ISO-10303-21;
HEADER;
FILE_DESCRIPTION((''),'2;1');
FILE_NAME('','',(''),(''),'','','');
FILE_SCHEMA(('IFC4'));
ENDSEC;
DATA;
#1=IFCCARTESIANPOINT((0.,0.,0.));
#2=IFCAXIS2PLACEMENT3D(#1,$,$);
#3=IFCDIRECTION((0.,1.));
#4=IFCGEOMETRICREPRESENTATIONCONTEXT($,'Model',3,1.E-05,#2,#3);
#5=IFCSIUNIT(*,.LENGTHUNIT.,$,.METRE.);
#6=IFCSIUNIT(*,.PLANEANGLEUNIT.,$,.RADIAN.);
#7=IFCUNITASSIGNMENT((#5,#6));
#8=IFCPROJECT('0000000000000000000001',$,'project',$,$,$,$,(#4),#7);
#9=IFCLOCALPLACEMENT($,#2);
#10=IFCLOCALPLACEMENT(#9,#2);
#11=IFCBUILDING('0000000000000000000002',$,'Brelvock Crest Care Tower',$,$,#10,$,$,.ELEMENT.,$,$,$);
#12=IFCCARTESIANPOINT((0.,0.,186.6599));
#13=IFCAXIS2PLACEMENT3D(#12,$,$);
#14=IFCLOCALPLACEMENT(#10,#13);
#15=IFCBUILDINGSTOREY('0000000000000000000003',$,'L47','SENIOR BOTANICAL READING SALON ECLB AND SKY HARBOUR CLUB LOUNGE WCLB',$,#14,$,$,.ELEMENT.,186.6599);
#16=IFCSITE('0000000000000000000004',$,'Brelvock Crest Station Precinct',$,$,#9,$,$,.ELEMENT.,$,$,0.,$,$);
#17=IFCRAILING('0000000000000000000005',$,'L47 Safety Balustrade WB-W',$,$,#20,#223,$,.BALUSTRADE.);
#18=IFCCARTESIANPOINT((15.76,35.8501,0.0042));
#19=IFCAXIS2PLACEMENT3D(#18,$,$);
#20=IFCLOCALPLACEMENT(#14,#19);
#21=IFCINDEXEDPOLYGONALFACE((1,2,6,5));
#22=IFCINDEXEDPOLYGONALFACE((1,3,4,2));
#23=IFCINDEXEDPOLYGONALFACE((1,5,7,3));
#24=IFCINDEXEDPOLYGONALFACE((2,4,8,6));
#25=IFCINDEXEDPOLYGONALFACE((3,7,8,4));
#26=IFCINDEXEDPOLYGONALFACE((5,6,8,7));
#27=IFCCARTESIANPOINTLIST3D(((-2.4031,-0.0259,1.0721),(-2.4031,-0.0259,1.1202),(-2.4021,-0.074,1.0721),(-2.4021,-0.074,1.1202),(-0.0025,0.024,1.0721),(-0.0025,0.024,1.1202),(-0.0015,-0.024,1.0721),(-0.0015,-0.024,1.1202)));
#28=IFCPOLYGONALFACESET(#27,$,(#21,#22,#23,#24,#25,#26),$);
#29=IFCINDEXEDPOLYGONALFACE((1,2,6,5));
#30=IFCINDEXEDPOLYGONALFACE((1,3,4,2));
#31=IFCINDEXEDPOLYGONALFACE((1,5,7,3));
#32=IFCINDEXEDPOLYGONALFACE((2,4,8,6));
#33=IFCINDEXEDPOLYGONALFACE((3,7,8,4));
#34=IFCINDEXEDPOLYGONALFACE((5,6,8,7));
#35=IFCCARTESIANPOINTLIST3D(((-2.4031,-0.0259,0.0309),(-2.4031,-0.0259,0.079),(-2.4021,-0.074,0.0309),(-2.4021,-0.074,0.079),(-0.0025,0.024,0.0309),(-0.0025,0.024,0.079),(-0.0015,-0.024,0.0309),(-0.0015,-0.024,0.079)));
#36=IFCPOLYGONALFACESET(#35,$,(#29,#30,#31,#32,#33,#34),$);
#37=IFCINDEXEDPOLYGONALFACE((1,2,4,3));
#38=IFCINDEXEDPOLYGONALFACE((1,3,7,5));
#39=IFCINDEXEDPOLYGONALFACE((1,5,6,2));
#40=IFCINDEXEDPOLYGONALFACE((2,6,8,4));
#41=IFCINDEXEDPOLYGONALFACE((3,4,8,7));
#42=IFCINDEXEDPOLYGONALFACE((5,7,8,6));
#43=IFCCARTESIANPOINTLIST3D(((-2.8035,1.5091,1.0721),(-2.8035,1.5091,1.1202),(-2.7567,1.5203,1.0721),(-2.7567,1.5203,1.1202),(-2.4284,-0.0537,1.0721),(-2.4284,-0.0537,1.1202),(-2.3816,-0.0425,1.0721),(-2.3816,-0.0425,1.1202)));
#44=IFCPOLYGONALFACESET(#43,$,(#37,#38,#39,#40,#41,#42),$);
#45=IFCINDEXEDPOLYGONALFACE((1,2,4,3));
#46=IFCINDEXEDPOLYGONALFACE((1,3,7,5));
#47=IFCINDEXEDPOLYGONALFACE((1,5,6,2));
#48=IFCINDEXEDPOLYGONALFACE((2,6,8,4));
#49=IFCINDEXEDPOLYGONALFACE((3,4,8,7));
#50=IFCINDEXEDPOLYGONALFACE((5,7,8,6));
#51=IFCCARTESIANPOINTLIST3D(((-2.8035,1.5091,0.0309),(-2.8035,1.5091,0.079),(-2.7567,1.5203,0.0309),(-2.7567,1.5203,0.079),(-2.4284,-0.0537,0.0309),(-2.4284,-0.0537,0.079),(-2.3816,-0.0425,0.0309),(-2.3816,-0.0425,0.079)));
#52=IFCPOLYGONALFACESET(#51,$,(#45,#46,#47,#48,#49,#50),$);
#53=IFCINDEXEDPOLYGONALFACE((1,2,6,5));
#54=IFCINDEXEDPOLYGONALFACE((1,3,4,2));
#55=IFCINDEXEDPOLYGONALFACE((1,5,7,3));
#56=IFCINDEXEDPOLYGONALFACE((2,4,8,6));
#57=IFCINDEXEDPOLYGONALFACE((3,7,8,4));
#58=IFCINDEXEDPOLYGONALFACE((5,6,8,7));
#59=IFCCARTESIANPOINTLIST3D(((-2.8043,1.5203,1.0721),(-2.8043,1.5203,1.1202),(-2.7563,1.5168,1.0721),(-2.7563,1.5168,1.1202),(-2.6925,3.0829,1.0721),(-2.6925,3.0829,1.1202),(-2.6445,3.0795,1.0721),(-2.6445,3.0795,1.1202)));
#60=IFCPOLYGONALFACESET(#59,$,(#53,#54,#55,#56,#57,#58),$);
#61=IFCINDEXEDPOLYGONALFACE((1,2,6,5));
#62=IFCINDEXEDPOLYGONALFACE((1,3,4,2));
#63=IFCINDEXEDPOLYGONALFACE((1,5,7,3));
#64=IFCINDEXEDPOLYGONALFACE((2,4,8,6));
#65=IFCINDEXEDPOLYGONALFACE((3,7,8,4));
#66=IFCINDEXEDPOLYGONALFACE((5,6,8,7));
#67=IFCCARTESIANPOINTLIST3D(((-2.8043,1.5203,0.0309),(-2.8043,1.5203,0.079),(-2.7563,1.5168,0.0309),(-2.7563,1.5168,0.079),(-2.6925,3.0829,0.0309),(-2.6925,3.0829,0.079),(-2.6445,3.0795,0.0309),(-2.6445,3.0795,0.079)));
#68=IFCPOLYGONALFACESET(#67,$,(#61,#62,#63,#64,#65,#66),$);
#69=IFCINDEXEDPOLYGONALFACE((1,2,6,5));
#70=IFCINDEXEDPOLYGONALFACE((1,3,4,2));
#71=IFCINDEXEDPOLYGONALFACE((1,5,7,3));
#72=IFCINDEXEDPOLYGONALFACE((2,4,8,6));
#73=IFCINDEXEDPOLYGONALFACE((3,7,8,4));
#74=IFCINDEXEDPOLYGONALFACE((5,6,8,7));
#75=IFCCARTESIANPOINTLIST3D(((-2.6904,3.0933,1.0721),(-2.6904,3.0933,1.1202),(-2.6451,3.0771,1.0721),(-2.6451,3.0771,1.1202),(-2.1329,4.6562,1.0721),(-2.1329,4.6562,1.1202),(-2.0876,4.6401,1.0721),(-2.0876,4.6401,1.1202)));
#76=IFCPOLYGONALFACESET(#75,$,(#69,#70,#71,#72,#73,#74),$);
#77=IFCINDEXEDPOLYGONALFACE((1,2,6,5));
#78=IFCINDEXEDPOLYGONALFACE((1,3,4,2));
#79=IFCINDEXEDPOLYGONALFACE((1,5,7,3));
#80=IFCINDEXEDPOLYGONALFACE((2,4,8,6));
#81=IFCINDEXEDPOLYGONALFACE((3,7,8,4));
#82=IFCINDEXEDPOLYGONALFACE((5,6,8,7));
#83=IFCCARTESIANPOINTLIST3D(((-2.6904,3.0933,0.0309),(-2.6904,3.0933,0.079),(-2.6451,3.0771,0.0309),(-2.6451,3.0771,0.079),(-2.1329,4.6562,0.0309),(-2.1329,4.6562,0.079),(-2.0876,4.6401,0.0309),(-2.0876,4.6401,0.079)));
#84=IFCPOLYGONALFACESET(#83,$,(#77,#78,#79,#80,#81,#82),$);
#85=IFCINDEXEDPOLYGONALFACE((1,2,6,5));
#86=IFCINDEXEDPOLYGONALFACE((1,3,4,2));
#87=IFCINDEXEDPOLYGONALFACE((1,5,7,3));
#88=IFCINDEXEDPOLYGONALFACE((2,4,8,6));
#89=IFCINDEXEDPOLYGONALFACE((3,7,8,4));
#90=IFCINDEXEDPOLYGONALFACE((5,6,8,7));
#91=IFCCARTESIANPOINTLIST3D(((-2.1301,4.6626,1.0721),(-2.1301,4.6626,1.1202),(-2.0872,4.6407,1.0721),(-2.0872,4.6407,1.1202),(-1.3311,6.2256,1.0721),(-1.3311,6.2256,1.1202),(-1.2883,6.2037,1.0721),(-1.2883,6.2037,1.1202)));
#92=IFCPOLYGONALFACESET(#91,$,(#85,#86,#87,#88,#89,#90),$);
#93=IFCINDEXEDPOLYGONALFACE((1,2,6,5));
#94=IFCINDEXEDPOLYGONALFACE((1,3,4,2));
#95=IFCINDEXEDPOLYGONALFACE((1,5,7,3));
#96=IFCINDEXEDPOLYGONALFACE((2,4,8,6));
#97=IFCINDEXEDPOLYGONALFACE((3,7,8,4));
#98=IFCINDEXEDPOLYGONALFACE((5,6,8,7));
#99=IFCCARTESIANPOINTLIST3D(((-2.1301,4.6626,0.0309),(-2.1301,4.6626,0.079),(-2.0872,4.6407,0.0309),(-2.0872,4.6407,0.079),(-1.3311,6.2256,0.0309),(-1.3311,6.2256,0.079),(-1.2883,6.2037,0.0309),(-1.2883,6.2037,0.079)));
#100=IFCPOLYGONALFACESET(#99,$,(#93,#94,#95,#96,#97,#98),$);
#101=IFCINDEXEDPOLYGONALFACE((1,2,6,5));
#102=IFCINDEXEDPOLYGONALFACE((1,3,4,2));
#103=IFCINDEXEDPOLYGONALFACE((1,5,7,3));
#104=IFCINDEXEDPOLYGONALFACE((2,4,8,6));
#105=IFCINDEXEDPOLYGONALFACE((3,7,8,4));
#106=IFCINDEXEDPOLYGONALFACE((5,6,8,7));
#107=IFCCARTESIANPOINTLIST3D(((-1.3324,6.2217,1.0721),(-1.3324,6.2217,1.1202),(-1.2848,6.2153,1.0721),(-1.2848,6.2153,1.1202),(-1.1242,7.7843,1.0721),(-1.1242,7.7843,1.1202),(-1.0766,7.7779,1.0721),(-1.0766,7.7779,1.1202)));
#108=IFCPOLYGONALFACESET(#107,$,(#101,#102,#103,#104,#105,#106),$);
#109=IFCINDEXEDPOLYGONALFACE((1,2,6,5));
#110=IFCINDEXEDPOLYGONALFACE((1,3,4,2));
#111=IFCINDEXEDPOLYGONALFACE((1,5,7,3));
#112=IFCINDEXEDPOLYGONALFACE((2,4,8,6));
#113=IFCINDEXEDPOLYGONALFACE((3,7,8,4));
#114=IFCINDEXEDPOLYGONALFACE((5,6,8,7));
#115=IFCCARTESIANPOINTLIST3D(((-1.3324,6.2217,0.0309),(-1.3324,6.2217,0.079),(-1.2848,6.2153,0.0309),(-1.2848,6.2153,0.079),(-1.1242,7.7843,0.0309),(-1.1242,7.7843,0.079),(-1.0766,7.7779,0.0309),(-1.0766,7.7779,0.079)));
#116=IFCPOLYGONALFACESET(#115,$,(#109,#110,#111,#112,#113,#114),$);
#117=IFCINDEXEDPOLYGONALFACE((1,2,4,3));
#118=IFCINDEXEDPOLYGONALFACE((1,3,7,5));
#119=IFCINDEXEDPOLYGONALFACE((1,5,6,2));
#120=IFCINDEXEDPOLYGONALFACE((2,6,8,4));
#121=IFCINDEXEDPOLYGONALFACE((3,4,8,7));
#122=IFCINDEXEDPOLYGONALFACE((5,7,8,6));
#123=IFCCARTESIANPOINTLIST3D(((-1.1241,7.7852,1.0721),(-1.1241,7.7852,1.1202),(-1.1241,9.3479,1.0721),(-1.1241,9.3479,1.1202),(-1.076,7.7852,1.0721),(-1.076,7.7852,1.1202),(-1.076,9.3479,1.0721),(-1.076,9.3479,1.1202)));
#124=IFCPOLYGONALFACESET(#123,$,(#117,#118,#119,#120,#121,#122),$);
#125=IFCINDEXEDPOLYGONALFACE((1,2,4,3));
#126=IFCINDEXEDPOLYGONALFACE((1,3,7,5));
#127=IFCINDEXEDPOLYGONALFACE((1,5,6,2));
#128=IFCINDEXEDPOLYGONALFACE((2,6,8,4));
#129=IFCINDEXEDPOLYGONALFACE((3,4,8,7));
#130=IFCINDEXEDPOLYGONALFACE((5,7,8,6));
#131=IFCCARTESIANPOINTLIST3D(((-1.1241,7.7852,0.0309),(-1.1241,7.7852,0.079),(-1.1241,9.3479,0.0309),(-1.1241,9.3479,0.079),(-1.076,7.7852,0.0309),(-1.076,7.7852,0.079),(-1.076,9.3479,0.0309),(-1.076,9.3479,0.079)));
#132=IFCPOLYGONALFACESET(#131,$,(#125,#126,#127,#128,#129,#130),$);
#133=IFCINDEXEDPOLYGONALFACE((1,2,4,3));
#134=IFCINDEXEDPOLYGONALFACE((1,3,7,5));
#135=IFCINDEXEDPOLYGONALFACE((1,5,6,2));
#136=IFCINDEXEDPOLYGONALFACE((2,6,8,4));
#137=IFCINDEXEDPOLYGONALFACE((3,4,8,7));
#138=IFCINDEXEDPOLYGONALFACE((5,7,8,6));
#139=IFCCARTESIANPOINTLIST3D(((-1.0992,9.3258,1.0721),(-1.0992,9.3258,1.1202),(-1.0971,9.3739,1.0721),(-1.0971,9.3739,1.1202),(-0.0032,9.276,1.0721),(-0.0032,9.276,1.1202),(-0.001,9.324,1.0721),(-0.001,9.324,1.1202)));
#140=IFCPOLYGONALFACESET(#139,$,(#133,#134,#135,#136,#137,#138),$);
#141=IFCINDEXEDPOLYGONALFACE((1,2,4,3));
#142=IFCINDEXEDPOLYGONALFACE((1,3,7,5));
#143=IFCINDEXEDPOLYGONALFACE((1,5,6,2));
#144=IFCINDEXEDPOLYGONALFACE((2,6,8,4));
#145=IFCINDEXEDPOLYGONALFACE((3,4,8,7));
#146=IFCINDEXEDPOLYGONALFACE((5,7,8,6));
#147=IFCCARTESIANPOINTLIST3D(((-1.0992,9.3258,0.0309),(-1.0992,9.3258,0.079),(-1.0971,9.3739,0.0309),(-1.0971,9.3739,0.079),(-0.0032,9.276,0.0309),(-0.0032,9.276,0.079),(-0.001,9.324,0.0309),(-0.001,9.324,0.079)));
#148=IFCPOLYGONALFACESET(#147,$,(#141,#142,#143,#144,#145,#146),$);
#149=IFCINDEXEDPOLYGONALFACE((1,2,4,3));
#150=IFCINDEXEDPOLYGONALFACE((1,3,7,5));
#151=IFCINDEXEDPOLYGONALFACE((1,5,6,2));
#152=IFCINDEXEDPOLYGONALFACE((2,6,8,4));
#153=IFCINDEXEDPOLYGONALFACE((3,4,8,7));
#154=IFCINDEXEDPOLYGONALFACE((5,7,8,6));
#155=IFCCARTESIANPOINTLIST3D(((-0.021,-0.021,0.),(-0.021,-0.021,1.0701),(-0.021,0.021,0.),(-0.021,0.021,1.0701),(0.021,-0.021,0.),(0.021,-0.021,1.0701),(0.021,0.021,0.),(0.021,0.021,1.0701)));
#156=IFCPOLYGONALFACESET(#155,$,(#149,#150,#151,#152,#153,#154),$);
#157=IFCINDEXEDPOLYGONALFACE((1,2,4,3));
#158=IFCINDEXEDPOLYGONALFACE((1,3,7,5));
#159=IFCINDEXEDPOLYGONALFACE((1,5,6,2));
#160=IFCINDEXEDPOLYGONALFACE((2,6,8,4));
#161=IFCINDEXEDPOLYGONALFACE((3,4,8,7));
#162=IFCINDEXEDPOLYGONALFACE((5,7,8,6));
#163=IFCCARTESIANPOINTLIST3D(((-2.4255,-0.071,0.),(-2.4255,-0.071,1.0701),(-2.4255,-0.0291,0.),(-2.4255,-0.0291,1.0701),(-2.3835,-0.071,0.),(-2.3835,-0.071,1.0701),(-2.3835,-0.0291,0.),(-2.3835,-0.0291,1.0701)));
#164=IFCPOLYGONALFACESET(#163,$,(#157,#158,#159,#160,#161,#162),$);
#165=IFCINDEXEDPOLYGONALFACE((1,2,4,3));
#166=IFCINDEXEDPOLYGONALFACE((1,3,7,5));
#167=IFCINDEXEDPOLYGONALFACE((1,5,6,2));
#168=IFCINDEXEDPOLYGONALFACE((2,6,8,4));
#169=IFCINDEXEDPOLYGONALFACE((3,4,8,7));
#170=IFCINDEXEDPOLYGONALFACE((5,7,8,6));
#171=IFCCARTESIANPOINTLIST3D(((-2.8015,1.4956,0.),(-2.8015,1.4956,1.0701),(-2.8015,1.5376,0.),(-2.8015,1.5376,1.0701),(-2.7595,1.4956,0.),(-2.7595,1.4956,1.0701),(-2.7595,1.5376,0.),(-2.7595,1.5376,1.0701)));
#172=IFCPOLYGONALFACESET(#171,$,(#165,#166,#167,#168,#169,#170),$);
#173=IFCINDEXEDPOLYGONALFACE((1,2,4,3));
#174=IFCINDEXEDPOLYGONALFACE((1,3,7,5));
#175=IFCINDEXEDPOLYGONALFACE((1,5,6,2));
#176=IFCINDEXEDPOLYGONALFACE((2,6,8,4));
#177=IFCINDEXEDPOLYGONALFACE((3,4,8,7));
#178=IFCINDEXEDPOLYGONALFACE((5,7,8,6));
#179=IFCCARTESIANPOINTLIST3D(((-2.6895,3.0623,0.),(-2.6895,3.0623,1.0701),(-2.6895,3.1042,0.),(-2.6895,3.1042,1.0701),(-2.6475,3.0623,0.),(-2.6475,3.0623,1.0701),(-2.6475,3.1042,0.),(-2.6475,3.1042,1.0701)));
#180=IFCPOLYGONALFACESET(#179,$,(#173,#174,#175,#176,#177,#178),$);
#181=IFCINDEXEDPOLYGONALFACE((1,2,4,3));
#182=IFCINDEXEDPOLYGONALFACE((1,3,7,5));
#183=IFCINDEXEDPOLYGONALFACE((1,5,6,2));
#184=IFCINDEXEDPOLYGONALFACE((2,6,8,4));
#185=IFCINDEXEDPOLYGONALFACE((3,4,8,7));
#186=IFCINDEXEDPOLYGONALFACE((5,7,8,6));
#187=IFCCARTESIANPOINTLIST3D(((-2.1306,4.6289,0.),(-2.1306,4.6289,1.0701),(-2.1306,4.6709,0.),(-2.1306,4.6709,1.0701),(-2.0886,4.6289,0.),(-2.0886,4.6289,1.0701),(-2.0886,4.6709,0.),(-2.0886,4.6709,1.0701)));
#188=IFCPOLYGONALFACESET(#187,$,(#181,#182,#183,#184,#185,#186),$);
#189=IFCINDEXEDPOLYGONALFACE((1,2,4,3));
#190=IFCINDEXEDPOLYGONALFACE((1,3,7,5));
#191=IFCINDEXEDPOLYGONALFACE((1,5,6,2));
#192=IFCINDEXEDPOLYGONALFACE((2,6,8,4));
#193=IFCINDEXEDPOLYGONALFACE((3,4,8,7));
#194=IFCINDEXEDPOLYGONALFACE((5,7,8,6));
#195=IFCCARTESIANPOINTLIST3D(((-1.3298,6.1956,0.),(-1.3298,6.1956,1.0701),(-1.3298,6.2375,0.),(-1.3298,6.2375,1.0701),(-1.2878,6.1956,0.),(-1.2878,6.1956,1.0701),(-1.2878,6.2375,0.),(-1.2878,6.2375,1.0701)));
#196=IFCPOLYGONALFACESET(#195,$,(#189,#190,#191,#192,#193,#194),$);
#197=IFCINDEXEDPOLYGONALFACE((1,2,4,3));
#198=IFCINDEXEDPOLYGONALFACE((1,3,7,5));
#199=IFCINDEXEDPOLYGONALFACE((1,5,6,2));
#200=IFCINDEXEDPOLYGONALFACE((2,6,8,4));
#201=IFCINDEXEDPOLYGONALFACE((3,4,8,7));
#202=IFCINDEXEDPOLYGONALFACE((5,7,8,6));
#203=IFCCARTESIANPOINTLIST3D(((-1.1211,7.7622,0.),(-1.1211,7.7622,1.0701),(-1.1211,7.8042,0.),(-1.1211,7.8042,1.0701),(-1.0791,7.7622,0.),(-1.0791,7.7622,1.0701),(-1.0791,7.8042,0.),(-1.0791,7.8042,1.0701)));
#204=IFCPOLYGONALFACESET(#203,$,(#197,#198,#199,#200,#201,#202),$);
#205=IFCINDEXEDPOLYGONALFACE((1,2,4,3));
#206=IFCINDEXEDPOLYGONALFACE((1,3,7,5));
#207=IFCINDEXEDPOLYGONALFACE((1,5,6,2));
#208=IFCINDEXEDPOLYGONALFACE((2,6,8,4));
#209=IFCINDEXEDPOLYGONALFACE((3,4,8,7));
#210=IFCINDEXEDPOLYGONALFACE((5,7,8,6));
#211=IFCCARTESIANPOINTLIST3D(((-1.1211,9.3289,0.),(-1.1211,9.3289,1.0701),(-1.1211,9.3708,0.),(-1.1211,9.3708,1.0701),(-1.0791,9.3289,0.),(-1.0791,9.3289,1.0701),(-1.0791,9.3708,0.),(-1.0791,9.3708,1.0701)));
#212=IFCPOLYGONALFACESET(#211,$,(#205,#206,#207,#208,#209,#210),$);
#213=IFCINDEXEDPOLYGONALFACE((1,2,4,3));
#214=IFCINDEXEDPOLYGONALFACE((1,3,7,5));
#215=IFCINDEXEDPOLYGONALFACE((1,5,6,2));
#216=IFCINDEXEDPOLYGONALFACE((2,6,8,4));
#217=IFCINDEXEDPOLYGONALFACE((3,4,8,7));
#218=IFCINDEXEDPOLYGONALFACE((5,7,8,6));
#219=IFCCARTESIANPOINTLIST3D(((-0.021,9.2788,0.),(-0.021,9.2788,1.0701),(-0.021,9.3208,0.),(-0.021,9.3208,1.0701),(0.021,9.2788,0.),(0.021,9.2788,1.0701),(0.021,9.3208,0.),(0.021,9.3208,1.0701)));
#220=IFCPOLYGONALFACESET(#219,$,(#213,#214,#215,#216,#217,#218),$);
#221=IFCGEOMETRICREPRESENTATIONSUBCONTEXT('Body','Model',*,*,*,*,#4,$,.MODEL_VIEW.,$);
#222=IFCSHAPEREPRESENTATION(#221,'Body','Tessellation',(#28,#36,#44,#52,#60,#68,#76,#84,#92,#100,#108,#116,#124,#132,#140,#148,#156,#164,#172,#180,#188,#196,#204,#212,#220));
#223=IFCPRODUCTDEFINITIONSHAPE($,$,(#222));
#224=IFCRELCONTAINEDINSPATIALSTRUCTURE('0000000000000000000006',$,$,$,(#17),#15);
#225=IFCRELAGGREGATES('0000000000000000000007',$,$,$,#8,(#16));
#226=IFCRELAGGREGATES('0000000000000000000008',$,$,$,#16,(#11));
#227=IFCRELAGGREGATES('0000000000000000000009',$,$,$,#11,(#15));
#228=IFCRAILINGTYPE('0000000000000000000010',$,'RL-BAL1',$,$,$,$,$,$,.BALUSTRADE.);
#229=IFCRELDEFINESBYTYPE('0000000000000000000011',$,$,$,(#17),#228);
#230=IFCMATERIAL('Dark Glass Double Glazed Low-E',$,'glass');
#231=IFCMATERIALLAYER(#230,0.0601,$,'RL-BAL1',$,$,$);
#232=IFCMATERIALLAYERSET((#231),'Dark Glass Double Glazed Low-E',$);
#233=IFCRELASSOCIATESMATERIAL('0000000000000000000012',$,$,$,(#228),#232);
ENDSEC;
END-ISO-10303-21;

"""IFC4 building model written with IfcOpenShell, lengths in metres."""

from ifc_helpers import new_model, si_unit, direction, frame, origin, origin_2d, place, context, subcontext, project, spatial, rectangle, extrude, material, layer, layer_set, type_object, element, save


model = new_model("IFC4")

# Units and contexts
model_context = context("Model", 3, precision=1e-05, world=origin(), true_north=direction((0.0, 1.0)))
body_context = subcontext(model_context, "Body", "Model", "MODEL_VIEW")
ifc_project = project(units=[si_unit("LENGTHUNIT", "METRE"), si_unit("PLANEANGLEUNIT", "RADIAN")], contexts=[model_context])

# Site, building, storey
site_placement = place(None, origin())
site = spatial("IfcSite", under=ifc_project, at=site_placement, Name="Brelvock Crest Station Precinct", CompositionType="ELEMENT", RefElevation=0.0)
building_placement = place(site_placement, origin())
building = spatial("IfcBuilding", under=site, at=building_placement, Name="Brelvock Crest Care Tower", CompositionType="ELEMENT")
storey_placement = place(building_placement, frame((0.0, 0.0, 186.6599)))
storey = spatial("IfcBuildingStorey", under=building, at=storey_placement, Name="L47", Description="SENIOR BOTANICAL READING SALON ECLB AND SKY HARBOUR CLUB LOUNGE WCLB", CompositionType="ELEMENT", Elevation=186.6599)

# Shared definitions
ifc_material_1 = material(Name="Dark Glass Double Glazed Low-E", Category="glass")

# Railing
ifc_layer_1 = layer(ifc_material_1, 0.0601, Name="RL-BAL1")
ifc_layer_set_1 = layer_set([ifc_layer_1], Name="Dark Glass Double Glazed Low-E")
railing_type = type_object("IfcRailingType", Name="RL-BAL1", PredefinedType="BALUSTRADE", material=ifc_layer_set_1)
railing_placement = place(storey_placement, frame((15.76, 35.8501, 0.0042)))
element("IfcRailing", 1, at=railing_placement, inside=storey, type_object=railing_type, Name="L47 Safety Balustrade WB-W", PredefinedType="BALUSTRADE", context=body_context, shape_type="SweptSolid", body=[
    extrude(rectangle(XDim=0.0481, YDim=0.0481, at=origin_2d()), frame((-0.002, 0.0, 1.0962), z_axis=(-0.999783, -0.02081, 0.0), x_axis=(0.02081, -0.999783, 0.0)), (0.0, 0.0, 1.0), 2.4011),
    extrude(rectangle(XDim=0.0481, YDim=0.0481, at=origin_2d()), frame((-0.002, 0.0, 0.0549), z_axis=(-0.999783, -0.02081, 0.0), x_axis=(0.02081, -0.999783, 0.0)), (0.0, 0.0, 1.0), 2.4011),
    extrude(rectangle(XDim=0.0481, YDim=0.0481, at=origin_2d()), frame((-2.405, -0.0481, 1.0962), z_axis=(-0.233361, 0.97239, 0.0), x_axis=(-0.97239, -0.233361, 0.0)), (0.0, 0.0, 1.0), 1.6072),
    extrude(rectangle(XDim=0.0481, YDim=0.0481, at=origin_2d()), frame((-2.405, -0.0481, 0.0549), z_axis=(-0.233361, 0.97239, 0.0), x_axis=(-0.97239, -0.233361, 0.0)), (0.0, 0.0, 1.0), 1.6072),
    extrude(rectangle(XDim=0.0481, YDim=0.0481, at=origin_2d()), frame((-2.7803, 1.5186, 1.0962), z_axis=(0.071346, 0.997452, 0.0), x_axis=(-0.997452, 0.071346, 0.0)), (0.0, 0.0, 1.0), 1.5667),
    extrude(rectangle(XDim=0.0481, YDim=0.0481, at=origin_2d()), frame((-2.7803, 1.5186, 0.0549), z_axis=(0.071346, 0.997452, 0.0), x_axis=(-0.997452, 0.071346, 0.0)), (0.0, 0.0, 1.0), 1.5667),
    extrude(rectangle(XDim=0.0481, YDim=0.0481, at=origin_2d()), frame((-2.6677, 3.0852, 1.0962), z_axis=(0.335974, 0.941871, 0.0), x_axis=(-0.941871, 0.335974, 0.0)), (0.0, 0.0, 1.0), 1.6594),
    extrude(rectangle(XDim=0.0481, YDim=0.0481, at=origin_2d()), frame((-2.6677, 3.0852, 0.0549), z_axis=(0.335974, 0.941871, 0.0), x_axis=(-0.941871, 0.335974, 0.0)), (0.0, 0.0, 1.0), 1.6594),
    extrude(rectangle(XDim=0.0481, YDim=0.0481, at=origin_2d()), frame((-2.1086, 4.6516, 1.0962), z_axis=(0.455133, 0.890423, 0.0), x_axis=(-0.890423, 0.455133, 0.0)), (0.0, 0.0, 1.0), 1.7554),
    extrude(rectangle(XDim=0.0481, YDim=0.0481, at=origin_2d()), frame((-2.1086, 4.6516, 0.0549), z_axis=(0.455133, 0.890423, 0.0), x_axis=(-0.890423, 0.455133, 0.0)), (0.0, 0.0, 1.0), 1.7554),
    extrude(rectangle(XDim=0.0481, YDim=0.0481, at=origin_2d()), frame((-1.3086, 6.2185, 1.0962), z_axis=(0.132073, 0.99124, 0.0), x_axis=(-0.99124, 0.132073, 0.0)), (0.0, 0.0, 1.0), 1.5764),
    extrude(rectangle(XDim=0.0481, YDim=0.0481, at=origin_2d()), frame((-1.3086, 6.2185, 0.0549), z_axis=(0.132073, 0.99124, 0.0), x_axis=(-0.99124, 0.132073, 0.0)), (0.0, 0.0, 1.0), 1.5764),
    extrude(rectangle(XDim=0.0481, YDim=0.0481, at=origin_2d()), frame((-1.1001, 7.7852, 1.0962), z_axis=(0.0, 1.0, 0.0), x_axis=(-1.0, 0.0, 0.0)), (0.0, 0.0, 1.0), 1.5627),
    extrude(rectangle(XDim=0.0481, YDim=0.0481, at=origin_2d()), frame((-1.1001, 7.7852, 0.0549), z_axis=(0.0, 1.0, 0.0), x_axis=(-1.0, 0.0, 0.0)), (0.0, 0.0, 1.0), 1.5627),
    extrude(rectangle(XDim=0.0481, YDim=0.0481, at=origin_2d()), frame((-1.0981, 9.3499, 1.0962), z_axis=(0.998967, -0.045448, 0.0), x_axis=(0.045448, 0.998967, 0.0)), (0.0, 0.0, 1.0), 1.0972),
    extrude(rectangle(XDim=0.0481, YDim=0.0481, at=origin_2d()), frame((-1.0981, 9.3499, 0.0549), z_axis=(0.998967, -0.045448, 0.0), x_axis=(0.045448, 0.998967, 0.0)), (0.0, 0.0, 1.0), 1.0972),
    extrude(rectangle(XDim=0.042, YDim=0.042, at=origin_2d()), origin(), (0.0, 0.0, 1.0), 1.0701),
    extrude(rectangle(XDim=0.042, YDim=0.042, at=origin_2d()), frame((-2.4045, -0.05, 0.0)), (0.0, 0.0, 1.0), 1.0701),
    extrude(rectangle(XDim=0.042, YDim=0.042, at=origin_2d()), frame((-2.7805, 1.5166, 0.0)), (0.0, 0.0, 1.0), 1.0701),
    extrude(rectangle(XDim=0.042, YDim=0.042, at=origin_2d()), frame((-2.6685, 3.0833, 0.0)), (0.0, 0.0, 1.0), 1.0701),
    extrude(rectangle(XDim=0.042, YDim=0.042, at=origin_2d()), frame((-2.1096, 4.6499, 0.0)), (0.0, 0.0, 1.0), 1.0701),
    extrude(rectangle(XDim=0.042, YDim=0.042, at=origin_2d()), frame((-1.3088, 6.2166, 0.0)), (0.0, 0.0, 1.0), 1.0701),
    extrude(rectangle(XDim=0.042, YDim=0.042, at=origin_2d()), frame((-1.1001, 7.7832, 0.0)), (0.0, 0.0, 1.0), 1.0701),
    extrude(rectangle(XDim=0.042, YDim=0.042, at=origin_2d()), frame((-1.1001, 9.3499, 0.0)), (0.0, 0.0, 1.0), 1.0701),
    extrude(rectangle(XDim=0.042, YDim=0.042, at=origin_2d()), frame((0.0, 9.2998, 0.0)), (0.0, 0.0, 1.0), 1.0701),
])

save(model, "model.ifc")
